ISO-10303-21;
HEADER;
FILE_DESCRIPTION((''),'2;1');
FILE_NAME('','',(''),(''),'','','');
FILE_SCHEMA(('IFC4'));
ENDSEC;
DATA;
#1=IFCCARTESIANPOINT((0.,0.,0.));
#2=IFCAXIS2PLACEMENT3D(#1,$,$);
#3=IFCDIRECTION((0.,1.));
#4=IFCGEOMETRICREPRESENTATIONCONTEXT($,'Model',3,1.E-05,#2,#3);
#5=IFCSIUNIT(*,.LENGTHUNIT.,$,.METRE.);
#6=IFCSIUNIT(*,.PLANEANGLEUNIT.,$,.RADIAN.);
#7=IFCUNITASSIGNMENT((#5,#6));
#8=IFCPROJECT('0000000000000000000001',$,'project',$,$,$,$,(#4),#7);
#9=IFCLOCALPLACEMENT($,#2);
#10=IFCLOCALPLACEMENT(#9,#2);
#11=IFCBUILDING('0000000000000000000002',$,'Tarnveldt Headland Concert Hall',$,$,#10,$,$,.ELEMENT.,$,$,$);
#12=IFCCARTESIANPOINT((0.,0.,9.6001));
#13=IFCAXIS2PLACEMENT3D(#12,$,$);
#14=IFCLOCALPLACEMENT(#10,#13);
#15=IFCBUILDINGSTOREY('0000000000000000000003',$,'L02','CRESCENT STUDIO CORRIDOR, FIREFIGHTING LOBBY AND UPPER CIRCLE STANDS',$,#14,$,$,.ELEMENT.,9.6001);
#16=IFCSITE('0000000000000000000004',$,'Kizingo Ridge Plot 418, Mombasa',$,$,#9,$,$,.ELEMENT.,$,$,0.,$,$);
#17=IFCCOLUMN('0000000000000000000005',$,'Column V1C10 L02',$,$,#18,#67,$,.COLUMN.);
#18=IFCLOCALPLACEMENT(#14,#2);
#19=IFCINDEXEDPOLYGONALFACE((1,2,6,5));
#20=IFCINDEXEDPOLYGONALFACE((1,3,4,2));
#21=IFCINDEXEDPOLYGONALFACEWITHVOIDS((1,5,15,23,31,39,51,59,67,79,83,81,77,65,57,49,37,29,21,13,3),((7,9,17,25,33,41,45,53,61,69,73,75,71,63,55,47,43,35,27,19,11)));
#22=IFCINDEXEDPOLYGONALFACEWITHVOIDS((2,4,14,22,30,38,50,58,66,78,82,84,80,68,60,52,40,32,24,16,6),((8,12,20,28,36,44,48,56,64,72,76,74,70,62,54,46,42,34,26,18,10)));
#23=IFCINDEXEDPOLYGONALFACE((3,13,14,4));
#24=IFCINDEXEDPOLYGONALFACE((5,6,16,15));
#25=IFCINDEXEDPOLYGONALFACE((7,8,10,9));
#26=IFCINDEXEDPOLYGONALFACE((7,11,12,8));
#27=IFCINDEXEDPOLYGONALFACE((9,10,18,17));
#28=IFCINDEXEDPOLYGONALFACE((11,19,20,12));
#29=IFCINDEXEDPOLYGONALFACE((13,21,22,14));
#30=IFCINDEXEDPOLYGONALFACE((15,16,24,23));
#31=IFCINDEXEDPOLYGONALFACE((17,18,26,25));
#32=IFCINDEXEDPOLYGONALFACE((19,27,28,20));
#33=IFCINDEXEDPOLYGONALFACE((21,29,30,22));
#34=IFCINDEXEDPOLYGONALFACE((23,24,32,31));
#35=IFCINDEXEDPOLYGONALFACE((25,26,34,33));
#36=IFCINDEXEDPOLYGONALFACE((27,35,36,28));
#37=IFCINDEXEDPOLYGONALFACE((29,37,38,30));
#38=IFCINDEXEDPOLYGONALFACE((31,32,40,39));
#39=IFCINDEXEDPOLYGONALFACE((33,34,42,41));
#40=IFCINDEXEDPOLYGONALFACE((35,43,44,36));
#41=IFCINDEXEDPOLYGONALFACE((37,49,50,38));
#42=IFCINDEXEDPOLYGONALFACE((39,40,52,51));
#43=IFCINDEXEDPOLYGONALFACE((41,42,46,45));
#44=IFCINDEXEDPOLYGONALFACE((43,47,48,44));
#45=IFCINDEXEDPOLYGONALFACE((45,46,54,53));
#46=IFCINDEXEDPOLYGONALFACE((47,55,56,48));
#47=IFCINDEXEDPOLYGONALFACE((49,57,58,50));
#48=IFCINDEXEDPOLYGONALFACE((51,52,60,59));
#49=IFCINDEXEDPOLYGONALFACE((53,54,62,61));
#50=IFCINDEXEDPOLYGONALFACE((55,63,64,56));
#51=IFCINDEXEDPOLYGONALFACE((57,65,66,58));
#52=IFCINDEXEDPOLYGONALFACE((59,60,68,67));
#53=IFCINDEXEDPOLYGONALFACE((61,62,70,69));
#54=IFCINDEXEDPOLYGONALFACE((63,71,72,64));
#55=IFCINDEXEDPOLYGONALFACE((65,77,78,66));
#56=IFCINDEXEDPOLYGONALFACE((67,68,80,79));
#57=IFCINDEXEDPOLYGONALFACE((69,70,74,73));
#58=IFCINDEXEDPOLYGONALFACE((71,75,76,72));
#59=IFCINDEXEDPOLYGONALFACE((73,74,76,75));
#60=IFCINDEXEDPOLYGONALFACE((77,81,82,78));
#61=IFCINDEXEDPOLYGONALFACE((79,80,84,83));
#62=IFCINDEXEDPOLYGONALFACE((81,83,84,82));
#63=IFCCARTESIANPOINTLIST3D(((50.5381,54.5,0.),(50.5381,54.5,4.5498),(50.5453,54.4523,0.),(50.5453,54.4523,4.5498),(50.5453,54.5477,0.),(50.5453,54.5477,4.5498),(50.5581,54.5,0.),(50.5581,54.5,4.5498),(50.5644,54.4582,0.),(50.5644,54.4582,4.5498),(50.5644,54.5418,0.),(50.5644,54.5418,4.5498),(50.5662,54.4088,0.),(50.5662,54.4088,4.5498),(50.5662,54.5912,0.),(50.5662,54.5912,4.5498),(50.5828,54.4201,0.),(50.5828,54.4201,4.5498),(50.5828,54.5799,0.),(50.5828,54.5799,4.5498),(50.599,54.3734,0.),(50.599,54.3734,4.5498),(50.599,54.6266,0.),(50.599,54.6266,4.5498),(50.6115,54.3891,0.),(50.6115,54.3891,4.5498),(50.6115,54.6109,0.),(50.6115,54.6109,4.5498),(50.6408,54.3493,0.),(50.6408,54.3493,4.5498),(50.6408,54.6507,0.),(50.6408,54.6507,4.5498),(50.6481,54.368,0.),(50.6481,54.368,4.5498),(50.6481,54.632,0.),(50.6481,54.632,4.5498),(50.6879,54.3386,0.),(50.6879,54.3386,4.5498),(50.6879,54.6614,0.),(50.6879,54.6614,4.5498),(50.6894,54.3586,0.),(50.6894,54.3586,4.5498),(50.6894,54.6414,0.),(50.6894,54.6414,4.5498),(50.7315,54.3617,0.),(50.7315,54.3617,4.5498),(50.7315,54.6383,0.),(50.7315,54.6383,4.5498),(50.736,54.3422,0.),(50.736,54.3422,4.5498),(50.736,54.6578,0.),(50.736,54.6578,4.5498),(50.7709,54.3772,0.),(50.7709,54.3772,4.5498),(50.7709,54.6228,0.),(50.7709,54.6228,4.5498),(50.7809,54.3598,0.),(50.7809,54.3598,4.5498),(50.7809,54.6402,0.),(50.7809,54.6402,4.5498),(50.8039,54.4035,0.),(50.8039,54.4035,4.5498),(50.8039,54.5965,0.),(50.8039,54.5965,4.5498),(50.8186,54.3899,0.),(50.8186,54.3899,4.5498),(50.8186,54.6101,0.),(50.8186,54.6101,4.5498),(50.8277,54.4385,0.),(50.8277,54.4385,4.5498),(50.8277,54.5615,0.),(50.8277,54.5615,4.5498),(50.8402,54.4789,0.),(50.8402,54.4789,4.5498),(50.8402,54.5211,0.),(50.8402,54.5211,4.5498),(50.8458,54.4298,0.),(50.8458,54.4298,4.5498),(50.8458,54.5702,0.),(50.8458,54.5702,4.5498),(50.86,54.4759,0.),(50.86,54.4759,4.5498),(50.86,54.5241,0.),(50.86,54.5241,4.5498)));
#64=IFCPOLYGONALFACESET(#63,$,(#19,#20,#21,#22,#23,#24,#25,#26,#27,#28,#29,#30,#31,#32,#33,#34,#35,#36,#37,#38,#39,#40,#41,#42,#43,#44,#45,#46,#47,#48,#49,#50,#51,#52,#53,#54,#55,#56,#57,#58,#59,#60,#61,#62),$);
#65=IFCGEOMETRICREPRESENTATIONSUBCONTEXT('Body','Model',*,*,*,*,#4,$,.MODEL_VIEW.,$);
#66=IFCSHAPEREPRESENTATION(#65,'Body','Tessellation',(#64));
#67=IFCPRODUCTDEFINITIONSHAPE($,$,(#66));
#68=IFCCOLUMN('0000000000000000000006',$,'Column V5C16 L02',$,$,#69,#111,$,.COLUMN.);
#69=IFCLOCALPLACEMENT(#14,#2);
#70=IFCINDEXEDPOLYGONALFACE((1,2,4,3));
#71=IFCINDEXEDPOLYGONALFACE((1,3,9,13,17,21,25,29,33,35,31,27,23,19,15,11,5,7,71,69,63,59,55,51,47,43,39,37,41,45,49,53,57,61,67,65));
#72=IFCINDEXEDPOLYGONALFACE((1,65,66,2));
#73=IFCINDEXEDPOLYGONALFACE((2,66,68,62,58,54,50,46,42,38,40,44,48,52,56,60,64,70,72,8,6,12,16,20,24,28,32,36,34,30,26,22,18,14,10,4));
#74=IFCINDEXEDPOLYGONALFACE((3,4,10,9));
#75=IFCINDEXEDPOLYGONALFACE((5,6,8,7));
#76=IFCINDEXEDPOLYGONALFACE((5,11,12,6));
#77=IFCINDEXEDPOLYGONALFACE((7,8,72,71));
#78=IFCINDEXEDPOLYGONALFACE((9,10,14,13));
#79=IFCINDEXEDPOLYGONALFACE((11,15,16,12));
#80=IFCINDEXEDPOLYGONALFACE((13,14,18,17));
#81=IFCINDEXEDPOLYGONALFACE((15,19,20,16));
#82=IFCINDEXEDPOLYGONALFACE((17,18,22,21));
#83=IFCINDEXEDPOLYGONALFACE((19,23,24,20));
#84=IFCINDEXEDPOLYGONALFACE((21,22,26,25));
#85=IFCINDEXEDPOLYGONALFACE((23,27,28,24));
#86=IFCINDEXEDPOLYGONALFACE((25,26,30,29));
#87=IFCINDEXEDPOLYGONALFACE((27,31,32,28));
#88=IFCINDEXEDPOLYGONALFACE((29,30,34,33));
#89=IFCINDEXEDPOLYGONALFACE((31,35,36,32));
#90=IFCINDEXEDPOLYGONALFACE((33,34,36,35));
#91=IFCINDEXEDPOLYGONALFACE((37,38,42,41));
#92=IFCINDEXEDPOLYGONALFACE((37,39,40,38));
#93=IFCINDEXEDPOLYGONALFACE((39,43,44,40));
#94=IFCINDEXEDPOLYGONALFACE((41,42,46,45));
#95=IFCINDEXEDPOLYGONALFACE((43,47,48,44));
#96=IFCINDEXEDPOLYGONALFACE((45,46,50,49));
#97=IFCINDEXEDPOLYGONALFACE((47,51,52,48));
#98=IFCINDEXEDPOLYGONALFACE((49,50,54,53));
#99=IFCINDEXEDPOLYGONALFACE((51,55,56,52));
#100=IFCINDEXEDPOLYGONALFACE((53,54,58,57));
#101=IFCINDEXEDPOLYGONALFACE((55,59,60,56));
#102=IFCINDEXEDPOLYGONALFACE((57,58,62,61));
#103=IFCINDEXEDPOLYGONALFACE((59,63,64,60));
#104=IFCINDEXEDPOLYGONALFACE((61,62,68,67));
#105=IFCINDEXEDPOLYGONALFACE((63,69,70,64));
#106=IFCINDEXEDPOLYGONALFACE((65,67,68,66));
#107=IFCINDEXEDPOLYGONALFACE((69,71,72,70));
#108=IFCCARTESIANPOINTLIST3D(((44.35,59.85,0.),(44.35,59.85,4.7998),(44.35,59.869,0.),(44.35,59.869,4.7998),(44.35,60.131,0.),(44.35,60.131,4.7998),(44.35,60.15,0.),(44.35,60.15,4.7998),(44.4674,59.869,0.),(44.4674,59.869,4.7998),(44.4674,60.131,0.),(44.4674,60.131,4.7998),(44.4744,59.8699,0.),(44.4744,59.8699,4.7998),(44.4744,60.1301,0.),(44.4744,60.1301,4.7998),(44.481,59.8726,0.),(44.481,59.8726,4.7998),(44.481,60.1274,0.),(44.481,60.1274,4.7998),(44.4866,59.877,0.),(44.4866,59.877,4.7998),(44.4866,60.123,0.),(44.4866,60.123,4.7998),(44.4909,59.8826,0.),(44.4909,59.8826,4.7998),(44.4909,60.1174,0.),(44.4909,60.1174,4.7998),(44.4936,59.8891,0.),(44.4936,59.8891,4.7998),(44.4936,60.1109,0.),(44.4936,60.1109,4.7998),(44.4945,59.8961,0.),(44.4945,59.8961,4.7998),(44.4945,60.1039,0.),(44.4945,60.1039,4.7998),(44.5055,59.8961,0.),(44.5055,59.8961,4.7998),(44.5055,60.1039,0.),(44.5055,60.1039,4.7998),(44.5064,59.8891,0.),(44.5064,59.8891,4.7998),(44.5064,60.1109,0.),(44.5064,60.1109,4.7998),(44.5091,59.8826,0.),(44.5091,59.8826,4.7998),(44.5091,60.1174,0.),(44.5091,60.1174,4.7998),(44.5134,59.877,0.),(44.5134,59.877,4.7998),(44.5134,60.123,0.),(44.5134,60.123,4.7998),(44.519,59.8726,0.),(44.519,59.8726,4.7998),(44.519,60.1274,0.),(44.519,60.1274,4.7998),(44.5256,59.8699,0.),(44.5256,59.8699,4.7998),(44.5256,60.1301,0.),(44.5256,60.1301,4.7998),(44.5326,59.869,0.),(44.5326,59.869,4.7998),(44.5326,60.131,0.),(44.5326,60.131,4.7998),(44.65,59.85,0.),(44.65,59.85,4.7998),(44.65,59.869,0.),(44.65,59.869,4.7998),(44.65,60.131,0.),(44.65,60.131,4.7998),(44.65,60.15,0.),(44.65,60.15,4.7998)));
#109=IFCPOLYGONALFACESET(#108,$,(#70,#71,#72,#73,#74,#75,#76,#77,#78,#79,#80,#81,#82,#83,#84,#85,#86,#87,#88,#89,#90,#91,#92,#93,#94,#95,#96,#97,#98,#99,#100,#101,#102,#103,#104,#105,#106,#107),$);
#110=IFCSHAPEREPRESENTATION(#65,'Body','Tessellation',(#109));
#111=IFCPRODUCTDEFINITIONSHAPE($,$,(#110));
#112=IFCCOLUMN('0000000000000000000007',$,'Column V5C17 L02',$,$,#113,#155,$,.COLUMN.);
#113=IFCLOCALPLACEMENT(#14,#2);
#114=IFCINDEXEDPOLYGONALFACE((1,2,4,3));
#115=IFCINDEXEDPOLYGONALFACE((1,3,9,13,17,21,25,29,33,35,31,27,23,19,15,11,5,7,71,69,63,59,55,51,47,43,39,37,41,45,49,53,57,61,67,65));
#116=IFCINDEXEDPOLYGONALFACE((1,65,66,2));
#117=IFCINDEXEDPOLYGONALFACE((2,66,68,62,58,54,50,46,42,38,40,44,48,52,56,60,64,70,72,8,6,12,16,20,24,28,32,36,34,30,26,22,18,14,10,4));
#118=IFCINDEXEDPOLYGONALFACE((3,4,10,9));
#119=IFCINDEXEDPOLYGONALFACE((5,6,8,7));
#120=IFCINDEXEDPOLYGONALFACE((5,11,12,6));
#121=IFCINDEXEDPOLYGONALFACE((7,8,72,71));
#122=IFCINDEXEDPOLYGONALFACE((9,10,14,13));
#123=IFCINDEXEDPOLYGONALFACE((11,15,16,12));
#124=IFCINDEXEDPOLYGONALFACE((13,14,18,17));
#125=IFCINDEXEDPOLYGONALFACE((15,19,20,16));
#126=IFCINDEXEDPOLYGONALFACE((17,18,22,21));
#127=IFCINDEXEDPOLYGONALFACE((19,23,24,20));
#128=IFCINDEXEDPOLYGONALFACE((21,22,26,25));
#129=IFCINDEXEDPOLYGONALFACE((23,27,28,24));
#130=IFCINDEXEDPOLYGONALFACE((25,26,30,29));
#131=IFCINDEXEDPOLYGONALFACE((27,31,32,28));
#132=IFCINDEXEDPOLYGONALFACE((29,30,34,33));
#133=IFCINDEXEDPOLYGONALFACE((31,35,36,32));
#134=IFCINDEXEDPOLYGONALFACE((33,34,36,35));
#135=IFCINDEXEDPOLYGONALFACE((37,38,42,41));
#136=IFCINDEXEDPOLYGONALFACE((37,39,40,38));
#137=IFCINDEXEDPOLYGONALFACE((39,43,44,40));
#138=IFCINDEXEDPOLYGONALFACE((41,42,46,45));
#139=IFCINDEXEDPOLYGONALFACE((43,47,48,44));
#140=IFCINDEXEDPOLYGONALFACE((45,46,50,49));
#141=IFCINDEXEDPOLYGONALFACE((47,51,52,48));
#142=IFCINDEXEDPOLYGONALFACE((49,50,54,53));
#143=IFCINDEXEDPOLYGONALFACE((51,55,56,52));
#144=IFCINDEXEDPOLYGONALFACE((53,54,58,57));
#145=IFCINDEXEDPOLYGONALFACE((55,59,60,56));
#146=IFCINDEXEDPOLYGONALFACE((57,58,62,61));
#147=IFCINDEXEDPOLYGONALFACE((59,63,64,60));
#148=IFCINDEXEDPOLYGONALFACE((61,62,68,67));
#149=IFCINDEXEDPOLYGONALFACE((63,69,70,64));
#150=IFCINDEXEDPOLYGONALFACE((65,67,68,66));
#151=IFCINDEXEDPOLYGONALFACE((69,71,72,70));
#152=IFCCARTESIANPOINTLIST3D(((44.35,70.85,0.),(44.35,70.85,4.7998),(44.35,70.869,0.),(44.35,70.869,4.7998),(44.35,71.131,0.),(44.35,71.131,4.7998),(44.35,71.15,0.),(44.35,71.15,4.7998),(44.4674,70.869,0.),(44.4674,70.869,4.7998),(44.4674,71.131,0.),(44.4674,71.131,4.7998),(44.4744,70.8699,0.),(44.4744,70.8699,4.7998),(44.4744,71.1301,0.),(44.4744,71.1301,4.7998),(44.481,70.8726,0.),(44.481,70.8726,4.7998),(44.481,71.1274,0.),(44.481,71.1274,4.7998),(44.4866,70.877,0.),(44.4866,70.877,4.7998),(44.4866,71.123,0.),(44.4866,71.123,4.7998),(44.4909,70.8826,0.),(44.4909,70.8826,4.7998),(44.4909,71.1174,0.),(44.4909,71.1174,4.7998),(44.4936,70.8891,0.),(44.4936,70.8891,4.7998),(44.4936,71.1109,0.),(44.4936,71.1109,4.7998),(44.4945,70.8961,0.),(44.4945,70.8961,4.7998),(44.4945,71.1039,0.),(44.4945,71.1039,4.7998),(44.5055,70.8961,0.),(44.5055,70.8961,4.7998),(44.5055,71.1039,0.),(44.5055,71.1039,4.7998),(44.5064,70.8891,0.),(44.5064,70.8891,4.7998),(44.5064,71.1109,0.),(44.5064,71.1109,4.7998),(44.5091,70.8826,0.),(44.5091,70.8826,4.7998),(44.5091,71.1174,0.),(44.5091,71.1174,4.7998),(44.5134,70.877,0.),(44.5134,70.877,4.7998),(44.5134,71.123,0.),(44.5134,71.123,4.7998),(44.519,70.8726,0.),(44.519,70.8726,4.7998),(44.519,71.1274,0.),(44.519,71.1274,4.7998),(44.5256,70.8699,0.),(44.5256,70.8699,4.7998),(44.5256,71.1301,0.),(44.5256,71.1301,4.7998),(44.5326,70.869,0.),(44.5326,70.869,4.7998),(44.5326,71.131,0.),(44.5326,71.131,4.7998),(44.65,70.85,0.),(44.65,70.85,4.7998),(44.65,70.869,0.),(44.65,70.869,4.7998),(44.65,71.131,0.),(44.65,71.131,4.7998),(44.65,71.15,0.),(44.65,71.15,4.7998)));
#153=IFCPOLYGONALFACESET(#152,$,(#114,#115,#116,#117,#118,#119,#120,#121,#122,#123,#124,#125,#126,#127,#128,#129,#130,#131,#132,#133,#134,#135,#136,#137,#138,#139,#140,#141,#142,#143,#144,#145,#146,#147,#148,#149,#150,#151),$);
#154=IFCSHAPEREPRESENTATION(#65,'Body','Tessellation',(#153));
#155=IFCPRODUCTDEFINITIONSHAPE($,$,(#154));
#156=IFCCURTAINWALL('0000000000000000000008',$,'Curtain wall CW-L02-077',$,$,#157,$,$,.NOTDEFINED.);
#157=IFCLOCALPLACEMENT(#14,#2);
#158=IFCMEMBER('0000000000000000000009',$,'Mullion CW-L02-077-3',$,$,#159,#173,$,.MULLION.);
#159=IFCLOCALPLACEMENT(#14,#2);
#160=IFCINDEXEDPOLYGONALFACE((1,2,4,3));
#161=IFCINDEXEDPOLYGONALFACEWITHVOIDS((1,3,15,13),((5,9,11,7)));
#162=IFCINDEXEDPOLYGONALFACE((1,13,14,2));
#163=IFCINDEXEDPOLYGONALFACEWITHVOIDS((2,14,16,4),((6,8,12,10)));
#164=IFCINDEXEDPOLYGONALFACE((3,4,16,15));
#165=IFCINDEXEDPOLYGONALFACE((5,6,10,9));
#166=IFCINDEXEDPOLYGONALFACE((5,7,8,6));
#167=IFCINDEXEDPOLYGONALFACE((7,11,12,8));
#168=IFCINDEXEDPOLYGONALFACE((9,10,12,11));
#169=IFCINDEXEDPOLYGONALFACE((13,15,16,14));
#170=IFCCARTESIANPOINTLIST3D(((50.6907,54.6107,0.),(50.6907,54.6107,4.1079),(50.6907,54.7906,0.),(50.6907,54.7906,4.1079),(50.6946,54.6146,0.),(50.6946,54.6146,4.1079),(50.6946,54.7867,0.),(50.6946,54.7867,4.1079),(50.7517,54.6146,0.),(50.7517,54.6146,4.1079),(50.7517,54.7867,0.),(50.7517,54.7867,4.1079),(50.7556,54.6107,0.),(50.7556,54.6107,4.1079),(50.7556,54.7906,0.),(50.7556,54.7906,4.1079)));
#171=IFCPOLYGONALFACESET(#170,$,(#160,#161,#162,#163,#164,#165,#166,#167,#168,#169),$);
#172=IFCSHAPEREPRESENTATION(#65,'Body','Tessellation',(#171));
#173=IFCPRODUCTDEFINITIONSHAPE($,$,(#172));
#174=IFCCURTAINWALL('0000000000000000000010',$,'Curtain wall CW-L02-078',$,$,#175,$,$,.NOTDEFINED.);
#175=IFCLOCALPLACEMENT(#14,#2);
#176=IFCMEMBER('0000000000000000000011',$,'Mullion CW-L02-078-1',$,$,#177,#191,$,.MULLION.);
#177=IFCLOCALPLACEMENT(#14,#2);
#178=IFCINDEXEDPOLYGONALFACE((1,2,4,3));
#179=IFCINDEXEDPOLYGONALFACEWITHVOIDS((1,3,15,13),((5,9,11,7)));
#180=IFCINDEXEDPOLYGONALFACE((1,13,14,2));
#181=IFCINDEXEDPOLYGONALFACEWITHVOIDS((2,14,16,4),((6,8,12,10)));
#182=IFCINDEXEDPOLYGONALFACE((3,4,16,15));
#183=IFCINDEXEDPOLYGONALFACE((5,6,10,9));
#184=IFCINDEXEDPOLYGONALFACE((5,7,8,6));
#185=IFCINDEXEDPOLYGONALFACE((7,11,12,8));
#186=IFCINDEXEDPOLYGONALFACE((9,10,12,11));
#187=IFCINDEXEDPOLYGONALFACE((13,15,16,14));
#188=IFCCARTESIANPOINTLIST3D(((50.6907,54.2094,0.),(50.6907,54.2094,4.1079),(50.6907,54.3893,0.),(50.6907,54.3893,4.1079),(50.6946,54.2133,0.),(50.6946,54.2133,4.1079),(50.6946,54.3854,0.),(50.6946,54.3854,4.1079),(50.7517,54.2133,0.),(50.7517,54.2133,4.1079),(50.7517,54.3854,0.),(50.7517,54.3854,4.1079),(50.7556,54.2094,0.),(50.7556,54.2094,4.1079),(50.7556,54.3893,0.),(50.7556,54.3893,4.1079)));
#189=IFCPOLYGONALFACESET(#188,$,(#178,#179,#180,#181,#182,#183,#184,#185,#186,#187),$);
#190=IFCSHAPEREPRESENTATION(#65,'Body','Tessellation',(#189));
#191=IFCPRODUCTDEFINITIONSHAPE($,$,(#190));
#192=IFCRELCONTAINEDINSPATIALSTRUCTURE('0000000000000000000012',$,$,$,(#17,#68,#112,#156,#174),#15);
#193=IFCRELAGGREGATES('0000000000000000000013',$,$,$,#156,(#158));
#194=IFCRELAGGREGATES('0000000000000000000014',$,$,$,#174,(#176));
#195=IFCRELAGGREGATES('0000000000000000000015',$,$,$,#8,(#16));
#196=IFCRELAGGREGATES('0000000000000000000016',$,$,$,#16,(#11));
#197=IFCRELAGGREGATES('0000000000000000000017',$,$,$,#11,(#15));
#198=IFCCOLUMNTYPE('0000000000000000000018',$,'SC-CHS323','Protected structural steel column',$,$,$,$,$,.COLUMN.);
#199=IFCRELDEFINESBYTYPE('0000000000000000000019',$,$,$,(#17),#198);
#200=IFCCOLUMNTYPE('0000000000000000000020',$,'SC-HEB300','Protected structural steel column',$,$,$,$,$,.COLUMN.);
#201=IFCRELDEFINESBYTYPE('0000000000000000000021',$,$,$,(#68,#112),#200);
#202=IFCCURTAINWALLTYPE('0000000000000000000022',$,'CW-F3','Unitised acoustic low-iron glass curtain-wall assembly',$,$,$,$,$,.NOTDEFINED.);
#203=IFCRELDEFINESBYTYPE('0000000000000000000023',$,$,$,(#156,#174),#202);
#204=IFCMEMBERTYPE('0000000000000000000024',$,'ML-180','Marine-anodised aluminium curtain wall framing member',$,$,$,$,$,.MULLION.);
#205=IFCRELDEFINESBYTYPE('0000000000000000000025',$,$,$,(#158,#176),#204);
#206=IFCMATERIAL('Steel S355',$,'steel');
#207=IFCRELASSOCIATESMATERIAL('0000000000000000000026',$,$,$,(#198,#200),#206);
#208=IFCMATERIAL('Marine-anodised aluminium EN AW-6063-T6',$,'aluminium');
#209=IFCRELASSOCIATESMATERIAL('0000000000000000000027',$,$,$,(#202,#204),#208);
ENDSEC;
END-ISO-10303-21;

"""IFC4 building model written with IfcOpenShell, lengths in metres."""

from ifc_helpers import new_model, si_unit, direction, frame, origin, origin_2d, place, context, subcontext, project, spatial, hollow_rectangle, hollow_circle, i_section, extrude, material, material_profile, profile_set, type_object, element, aggregate, save


model = new_model("IFC4")

# Units and contexts
model_context = context("Model", 3, precision=1e-05, world=origin(), true_north=direction((0.0, 1.0)))
body_context = subcontext(model_context, "Body", "Model", "MODEL_VIEW")
ifc_project = project(units=[si_unit("LENGTHUNIT", "METRE"), si_unit("PLANEANGLEUNIT", "RADIAN")], contexts=[model_context])

# Site, building, storey
site_placement = place(None, origin())
site = spatial("IfcSite", under=ifc_project, at=site_placement, Name="Kizingo Ridge Plot 418, Mombasa", CompositionType="ELEMENT", RefElevation=0.0)
building_placement = place(site_placement, origin())
building = spatial("IfcBuilding", under=site, at=building_placement, Name="Tarnveldt Headland Concert Hall", CompositionType="ELEMENT")
storey_placement = place(building_placement, frame((0.0, 0.0, 9.6001)))
storey = spatial("IfcBuildingStorey", under=building, at=storey_placement, Name="L02", Description="CRESCENT STUDIO CORRIDOR, FIREFIGHTING LOBBY AND UPPER CIRCLE STANDS", CompositionType="ELEMENT", Elevation=9.6001)

# Columns
ifc_material_1 = material(Name="Steel S355", Category="steel")
ifc_material_profile_1 = material_profile(ifc_material_1, hollow_circle(Radius=0.1619, WallThickness=0.02, at=origin_2d()), Name="CHS 323.9x20", Category="steel")
ifc_profile_set_1 = profile_set([ifc_material_profile_1], Name="Steel S355")
column_type_1 = type_object("IfcColumnType", Name="SC-CHS323", Description="Protected structural steel column", PredefinedType="COLUMN", material=ifc_profile_set_1)
column_placement = place(storey_placement, frame((50.7, 54.5, 0.0), z_axis=(0.0, 0.0, 1.0), x_axis=(-1.0, 0.0, 0.0)))
element("IfcColumn", 1, at=column_placement, inside=storey, type_object=column_type_1, Name="Column V1C10 L02", PredefinedType="COLUMN", context=body_context, shape_type="SweptSolid", body=[
    extrude(hollow_circle(Radius=0.1619, WallThickness=0.02, at=origin_2d()), origin(), (0.0, 0.0, 1.0), 4.5498),
])
ifc_material_profile_2 = material_profile(ifc_material_1, i_section(OverallWidth=0.3, OverallDepth=0.3, WebThickness=0.011, FlangeThickness=0.019, FilletRadius=0.0271, at=origin_2d()), Name="HEB300", Category="steel")
ifc_profile_set_2 = profile_set([ifc_material_profile_2], Name="Steel S355")
column_type_2 = type_object("IfcColumnType", Name="SC-HEB300", Description="Protected structural steel column", PredefinedType="COLUMN", material=ifc_profile_set_2)
for number, where, z_axis, x_axis, name in (
    (2, (44.5, 60.0, 0.0), (0.0, 0.0, 1.0), (1.0, 0.0, 0.0), "Column V5C16 L02"),
    (3, (44.5, 71.0, 0.0), (0.0, 0.0, 1.0), (1.0, 0.0, 0.0), "Column V5C17 L02"),
):
    element("IfcColumn", number, at=place(storey_placement, frame(where, z_axis=z_axis, x_axis=x_axis)), inside=storey, type_object=column_type_2, Name=name, PredefinedType="COLUMN", context=body_context, shape_type="SweptSolid", body=[
        extrude(i_section(OverallWidth=0.3, OverallDepth=0.3, WebThickness=0.011, FlangeThickness=0.019, FilletRadius=0.0271, at=origin_2d()), origin(), (0.0, 0.0, 1.0), 4.7998),
    ])

# Curtain walls, members
ifc_material_2 = material(Name="Marine-anodised aluminium EN AW-6063-T6", Category="aluminium")
curtain_wall_type = type_object("IfcCurtainWallType", Name="CW-F3", Description="Unitised acoustic low-iron glass curtain-wall assembly", PredefinedType="NOTDEFINED", material=ifc_material_2)
curtain_wall_1_placement = place(storey_placement, origin())
curtain_wall_1 = element("IfcCurtainWall", 4, at=curtain_wall_1_placement, inside=storey, type_object=curtain_wall_type, Name="Curtain wall CW-L02-077", PredefinedType="NOTDEFINED")
ifc_material_profile_3 = material_profile(ifc_material_2, hollow_rectangle(XDim=0.0649, YDim=0.1799, WallThickness=0.0039, at=origin_2d()), Name="ALU MULLION 65x180x4", Category="aluminium")
ifc_profile_set_3 = profile_set([ifc_material_profile_3], Name="Marine-anodised aluminium EN AW-6063-T6")
member_type_1 = type_object("IfcMemberType", Name="ML-180", Description="Marine-anodised aluminium curtain wall framing member", PredefinedType="MULLION", material=ifc_profile_set_3)
member_1_placement = place(storey_placement, frame((50.7231, 54.7007, 0.0), z_axis=(0.0, 0.0, 1.0), x_axis=(1.0, 0.0, 0.0)))
member_1 = element("IfcMember", 5, at=member_1_placement, type_object=member_type_1, Name="Mullion CW-L02-077-3", PredefinedType="MULLION", context=body_context, shape_type="SweptSolid", body=[
    extrude(hollow_rectangle(XDim=0.0649, YDim=0.1799, WallThickness=0.0039, at=origin_2d()), origin(), (0.0, 0.0, 1.0), 4.1079),
])
curtain_wall_2_placement = place(storey_placement, origin())
curtain_wall_2 = element("IfcCurtainWall", 6, at=curtain_wall_2_placement, inside=storey, type_object=curtain_wall_type, Name="Curtain wall CW-L02-078", PredefinedType="NOTDEFINED")
member_2_placement = place(storey_placement, frame((50.7231, 54.2993, 0.0), z_axis=(0.0, 0.0, 1.0), x_axis=(1.0, 0.0, 0.0)))
member_2 = element("IfcMember", 7, at=member_2_placement, type_object=member_type_1, Name="Mullion CW-L02-078-1", PredefinedType="MULLION", context=body_context, shape_type="SweptSolid", body=[
    extrude(hollow_rectangle(XDim=0.0649, YDim=0.1799, WallThickness=0.0039, at=origin_2d()), origin(), (0.0, 0.0, 1.0), 4.1079),
])

aggregate(curtain_wall_1, [member_1])
aggregate(curtain_wall_2, [member_2])

save(model, "model.ifc")
